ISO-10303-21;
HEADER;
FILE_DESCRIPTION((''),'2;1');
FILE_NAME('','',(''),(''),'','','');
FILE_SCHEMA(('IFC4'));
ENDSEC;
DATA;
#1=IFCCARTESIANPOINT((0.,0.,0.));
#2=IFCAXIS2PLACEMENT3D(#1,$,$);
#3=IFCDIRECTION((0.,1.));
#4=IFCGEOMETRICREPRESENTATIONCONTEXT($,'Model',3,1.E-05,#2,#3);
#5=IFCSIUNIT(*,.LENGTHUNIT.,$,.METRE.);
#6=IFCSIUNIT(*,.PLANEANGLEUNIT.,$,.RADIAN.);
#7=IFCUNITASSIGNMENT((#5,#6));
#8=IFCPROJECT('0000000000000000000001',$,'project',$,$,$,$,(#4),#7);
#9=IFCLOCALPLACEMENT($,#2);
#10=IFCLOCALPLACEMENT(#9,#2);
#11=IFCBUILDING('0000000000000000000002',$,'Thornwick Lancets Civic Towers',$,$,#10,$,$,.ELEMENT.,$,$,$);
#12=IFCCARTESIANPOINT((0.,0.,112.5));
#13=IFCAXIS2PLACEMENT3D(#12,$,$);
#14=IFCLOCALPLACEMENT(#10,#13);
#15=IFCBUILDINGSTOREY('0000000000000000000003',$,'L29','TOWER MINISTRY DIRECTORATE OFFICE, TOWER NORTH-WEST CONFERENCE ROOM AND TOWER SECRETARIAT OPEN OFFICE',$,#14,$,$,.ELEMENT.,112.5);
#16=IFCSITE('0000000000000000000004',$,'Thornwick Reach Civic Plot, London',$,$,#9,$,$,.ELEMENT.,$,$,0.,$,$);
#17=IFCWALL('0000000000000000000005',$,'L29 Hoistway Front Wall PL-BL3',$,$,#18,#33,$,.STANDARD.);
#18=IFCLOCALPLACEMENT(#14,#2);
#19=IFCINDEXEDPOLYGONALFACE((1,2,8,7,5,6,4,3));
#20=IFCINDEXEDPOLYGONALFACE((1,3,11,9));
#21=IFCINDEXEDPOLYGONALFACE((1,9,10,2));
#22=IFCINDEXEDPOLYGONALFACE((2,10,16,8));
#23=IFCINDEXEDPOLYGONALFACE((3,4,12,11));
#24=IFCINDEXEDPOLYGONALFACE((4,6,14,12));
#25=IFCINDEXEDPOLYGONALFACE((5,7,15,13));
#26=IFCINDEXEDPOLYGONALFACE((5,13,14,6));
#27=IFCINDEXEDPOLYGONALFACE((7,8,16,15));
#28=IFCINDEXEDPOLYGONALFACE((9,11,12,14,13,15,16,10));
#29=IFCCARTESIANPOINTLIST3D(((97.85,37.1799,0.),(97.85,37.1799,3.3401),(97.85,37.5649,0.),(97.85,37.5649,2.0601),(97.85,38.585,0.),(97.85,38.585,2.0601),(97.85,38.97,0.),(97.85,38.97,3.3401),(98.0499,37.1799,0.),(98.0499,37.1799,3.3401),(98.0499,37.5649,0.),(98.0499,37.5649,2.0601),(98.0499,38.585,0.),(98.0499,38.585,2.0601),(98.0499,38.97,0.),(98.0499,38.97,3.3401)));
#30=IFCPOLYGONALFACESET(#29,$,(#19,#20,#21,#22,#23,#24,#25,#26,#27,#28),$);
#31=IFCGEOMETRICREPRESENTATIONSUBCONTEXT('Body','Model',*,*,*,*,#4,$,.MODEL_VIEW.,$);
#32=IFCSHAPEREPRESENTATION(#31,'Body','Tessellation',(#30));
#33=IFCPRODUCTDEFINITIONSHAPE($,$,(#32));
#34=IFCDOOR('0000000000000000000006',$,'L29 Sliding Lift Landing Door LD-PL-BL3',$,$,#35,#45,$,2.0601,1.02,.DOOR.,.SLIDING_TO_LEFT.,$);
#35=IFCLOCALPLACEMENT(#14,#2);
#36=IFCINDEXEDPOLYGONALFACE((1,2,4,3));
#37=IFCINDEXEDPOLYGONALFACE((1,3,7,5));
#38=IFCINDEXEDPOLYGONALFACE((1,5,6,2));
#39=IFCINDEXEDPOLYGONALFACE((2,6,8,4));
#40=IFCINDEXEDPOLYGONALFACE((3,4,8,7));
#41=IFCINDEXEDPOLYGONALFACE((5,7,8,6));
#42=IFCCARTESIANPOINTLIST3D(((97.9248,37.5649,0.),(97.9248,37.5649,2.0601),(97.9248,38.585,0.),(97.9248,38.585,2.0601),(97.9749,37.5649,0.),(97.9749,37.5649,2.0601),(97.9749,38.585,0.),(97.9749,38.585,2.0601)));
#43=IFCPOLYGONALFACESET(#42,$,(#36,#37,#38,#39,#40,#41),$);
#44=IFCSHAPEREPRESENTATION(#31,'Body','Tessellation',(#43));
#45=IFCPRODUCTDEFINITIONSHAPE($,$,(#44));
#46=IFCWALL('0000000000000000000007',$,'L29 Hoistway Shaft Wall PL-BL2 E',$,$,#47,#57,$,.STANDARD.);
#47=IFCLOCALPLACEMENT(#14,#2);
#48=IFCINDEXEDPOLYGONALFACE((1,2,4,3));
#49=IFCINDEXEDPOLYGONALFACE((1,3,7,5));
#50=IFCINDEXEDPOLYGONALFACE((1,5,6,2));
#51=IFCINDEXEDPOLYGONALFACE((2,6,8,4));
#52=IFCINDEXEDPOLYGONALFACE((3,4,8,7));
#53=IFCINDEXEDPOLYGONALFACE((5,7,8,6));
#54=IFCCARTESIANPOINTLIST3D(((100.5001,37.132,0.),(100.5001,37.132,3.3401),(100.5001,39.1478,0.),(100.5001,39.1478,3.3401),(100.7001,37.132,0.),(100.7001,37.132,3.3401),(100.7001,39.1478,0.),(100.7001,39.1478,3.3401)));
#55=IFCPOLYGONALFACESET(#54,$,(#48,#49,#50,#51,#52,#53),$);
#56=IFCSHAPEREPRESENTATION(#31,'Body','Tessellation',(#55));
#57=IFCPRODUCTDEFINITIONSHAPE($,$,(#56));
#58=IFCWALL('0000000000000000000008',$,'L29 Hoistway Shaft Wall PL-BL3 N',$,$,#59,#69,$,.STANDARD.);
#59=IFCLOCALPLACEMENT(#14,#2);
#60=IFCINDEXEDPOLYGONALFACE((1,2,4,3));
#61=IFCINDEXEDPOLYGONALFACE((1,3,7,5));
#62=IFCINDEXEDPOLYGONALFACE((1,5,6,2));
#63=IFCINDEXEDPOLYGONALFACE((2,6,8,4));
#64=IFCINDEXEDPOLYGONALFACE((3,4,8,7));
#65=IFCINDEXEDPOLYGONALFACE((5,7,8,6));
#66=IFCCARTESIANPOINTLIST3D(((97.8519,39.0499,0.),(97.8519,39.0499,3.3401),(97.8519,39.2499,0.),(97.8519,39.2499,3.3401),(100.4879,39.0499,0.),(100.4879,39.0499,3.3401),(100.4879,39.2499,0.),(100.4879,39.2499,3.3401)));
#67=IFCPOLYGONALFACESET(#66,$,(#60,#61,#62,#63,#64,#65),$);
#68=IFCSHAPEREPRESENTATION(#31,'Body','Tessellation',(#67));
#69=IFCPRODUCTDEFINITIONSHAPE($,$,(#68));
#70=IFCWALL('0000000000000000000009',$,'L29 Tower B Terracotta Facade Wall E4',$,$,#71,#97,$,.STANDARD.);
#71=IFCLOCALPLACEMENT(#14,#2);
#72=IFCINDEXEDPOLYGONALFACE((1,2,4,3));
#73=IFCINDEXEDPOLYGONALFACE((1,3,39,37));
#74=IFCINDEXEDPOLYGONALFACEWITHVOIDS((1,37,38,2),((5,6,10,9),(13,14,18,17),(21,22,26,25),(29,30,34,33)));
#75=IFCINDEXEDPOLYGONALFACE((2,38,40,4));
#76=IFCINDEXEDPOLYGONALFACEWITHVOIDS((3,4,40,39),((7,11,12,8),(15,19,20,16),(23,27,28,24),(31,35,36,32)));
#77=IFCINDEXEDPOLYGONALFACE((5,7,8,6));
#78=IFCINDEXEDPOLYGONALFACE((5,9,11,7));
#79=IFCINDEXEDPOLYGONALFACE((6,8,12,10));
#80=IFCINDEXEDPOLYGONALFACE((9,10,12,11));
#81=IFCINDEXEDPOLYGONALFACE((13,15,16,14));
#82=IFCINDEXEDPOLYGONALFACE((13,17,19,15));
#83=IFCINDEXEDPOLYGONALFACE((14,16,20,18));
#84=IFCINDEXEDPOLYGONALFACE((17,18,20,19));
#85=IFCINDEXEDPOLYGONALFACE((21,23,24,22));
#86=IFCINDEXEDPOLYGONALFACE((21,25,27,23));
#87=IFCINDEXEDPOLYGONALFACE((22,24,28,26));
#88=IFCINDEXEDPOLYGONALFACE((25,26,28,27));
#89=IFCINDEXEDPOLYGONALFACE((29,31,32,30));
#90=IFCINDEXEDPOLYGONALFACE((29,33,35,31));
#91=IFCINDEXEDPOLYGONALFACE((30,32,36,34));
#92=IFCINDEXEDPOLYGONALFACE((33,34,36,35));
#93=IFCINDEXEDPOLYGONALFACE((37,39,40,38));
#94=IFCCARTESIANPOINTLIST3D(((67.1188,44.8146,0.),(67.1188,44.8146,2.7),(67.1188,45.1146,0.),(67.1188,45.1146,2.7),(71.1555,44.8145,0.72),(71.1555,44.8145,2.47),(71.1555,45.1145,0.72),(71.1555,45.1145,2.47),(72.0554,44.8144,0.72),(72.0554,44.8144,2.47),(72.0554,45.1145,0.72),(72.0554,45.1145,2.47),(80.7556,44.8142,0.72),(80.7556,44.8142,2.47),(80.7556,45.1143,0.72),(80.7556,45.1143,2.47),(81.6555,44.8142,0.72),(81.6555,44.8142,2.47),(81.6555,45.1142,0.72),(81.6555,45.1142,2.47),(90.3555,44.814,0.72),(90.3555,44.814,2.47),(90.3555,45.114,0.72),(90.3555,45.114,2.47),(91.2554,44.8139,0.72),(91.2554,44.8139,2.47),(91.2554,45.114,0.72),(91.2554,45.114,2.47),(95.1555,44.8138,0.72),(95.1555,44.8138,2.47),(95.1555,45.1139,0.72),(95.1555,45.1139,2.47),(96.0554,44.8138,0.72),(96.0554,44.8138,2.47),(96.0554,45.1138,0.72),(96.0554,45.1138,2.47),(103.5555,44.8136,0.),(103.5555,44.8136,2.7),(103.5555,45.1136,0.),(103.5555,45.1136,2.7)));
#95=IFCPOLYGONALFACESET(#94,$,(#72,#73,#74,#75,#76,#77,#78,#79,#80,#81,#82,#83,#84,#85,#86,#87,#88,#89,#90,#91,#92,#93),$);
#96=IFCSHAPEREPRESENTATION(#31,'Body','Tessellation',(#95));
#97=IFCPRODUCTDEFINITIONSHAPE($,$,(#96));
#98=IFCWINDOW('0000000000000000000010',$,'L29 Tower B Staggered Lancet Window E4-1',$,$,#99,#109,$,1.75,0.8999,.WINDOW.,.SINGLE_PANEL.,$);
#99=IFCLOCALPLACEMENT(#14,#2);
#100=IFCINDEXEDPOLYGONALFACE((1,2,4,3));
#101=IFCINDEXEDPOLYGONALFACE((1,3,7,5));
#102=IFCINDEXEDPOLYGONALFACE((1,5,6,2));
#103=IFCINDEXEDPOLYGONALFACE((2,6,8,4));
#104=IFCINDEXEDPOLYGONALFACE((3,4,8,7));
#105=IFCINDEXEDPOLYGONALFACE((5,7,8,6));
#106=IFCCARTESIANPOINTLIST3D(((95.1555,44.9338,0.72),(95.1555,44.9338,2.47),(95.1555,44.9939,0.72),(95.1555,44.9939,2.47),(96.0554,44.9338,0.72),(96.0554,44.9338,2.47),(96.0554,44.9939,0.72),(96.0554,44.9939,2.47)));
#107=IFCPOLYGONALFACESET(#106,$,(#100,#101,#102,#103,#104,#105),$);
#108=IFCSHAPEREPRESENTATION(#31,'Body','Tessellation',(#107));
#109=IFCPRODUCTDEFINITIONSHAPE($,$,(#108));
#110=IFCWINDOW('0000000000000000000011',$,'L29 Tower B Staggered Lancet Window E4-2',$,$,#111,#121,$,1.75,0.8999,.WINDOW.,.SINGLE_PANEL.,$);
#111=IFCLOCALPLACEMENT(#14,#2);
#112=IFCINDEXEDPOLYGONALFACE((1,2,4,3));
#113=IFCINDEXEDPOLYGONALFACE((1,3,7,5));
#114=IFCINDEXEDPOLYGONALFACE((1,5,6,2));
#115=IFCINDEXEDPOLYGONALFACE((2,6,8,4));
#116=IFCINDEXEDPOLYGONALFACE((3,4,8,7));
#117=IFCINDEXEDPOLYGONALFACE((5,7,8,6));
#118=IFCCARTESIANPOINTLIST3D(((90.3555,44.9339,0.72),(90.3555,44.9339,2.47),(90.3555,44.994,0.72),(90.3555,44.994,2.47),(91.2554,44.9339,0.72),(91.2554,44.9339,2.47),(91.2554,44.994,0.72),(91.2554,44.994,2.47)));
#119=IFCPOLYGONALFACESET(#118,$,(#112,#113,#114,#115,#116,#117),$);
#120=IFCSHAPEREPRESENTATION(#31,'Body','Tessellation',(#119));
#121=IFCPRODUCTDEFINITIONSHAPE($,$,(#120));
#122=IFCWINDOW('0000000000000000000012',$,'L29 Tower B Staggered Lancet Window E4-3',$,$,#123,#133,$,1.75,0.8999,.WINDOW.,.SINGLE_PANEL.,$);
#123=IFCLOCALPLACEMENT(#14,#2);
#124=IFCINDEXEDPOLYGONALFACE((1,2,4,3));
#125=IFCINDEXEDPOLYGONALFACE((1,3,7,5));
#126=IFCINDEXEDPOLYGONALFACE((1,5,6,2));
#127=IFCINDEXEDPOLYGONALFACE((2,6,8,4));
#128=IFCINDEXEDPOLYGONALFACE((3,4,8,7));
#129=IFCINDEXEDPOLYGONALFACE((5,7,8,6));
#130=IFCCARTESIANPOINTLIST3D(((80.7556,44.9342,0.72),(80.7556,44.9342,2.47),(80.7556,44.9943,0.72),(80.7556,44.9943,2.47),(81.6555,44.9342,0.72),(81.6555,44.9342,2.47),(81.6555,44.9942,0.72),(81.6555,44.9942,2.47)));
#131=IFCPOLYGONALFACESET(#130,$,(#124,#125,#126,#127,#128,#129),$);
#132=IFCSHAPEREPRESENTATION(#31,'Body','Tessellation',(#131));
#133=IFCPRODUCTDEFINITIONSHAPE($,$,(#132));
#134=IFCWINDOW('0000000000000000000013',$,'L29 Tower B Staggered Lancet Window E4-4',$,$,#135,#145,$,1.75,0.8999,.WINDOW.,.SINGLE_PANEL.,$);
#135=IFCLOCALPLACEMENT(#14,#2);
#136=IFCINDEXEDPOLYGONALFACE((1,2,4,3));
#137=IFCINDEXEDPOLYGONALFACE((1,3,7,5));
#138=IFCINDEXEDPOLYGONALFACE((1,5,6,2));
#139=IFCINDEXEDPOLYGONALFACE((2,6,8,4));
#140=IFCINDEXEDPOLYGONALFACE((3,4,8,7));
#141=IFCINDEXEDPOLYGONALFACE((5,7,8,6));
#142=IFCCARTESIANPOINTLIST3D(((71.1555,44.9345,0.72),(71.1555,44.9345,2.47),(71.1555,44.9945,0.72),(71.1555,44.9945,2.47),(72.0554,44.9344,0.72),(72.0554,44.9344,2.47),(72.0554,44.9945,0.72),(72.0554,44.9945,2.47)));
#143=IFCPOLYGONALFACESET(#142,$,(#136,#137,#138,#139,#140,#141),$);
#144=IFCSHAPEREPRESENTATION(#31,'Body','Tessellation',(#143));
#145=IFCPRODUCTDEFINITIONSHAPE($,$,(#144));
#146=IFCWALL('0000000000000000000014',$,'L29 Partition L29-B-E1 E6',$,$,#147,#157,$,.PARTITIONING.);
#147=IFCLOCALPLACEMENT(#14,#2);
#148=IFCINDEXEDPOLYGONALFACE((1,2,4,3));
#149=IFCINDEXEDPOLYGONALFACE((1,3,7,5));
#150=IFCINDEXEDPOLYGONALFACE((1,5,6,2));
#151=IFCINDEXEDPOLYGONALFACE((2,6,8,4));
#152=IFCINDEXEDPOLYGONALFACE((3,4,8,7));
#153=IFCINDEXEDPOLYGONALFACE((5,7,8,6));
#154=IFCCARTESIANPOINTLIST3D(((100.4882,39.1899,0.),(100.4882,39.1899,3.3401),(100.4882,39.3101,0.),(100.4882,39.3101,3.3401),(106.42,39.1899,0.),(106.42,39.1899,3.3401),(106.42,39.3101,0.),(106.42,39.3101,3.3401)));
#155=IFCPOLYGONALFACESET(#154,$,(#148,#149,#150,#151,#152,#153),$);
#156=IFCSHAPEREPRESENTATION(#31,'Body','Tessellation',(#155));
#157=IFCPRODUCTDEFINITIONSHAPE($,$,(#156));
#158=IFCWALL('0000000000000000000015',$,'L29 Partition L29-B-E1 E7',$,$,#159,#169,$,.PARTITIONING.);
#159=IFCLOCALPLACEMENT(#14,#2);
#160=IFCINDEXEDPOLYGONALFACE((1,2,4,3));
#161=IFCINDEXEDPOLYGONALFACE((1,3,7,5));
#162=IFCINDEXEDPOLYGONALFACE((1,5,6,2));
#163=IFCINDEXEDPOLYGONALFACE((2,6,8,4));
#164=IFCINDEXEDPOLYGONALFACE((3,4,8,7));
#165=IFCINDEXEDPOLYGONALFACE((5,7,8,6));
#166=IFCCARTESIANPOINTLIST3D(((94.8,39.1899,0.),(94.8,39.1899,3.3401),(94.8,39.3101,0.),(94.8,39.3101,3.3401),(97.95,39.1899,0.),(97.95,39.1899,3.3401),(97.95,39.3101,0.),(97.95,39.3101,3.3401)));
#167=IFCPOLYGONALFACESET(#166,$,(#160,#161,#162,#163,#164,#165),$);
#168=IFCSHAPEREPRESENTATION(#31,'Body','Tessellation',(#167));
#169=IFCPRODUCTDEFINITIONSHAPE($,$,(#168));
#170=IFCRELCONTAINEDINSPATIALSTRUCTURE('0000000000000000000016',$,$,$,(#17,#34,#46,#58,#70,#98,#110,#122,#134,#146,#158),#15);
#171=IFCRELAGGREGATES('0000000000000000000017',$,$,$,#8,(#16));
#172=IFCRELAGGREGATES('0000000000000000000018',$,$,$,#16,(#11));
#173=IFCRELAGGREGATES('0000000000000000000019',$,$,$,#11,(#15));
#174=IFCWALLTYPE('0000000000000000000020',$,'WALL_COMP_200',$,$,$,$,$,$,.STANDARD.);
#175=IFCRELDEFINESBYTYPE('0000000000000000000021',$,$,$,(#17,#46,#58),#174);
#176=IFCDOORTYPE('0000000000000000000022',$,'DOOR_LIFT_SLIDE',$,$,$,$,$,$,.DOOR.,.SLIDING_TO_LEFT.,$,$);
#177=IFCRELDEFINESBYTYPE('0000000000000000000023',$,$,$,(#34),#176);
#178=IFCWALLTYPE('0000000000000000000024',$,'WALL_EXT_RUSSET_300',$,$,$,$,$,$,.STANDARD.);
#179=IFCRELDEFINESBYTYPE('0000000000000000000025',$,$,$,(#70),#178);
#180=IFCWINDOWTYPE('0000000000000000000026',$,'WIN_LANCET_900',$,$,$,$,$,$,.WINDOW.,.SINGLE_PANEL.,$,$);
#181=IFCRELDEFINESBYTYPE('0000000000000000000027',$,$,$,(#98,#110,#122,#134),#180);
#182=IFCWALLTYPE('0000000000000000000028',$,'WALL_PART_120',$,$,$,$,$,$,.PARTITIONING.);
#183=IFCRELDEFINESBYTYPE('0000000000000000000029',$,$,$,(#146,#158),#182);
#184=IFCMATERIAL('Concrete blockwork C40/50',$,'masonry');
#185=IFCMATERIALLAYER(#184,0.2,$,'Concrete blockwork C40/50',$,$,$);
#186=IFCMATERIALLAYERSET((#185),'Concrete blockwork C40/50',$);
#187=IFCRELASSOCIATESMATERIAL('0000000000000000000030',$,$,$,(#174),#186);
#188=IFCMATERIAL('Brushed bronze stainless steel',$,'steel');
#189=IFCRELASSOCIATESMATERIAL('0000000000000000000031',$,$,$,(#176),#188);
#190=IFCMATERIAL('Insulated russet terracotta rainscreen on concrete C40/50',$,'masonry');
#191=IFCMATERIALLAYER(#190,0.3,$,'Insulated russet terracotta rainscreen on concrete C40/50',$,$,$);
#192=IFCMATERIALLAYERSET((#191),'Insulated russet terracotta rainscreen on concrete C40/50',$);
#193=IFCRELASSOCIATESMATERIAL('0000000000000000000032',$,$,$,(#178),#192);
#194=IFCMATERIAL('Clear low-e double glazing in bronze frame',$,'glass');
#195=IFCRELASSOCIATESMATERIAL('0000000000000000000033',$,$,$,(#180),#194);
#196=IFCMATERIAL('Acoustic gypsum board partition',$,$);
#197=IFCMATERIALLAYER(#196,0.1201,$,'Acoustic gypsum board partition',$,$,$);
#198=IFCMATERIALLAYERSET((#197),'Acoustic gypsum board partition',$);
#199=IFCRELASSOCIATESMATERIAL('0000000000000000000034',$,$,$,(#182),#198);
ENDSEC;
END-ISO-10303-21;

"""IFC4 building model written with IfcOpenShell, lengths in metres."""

from ifc_helpers import new_model, si_unit, direction, frame, frame_2d, origin, place, context, subcontext, project, spatial, rectangle, extrude, material, layer, layer_set, type_object, element, fill, save


model = new_model("IFC4")

# Units and contexts
model_context = context("Model", 3, precision=1e-05, world=origin(), true_north=direction((0.0, 1.0)))
body_context = subcontext(model_context, "Body", "Model", "MODEL_VIEW")
ifc_project = project(units=[si_unit("LENGTHUNIT", "METRE"), si_unit("PLANEANGLEUNIT", "RADIAN")], contexts=[model_context])

# Site, building, storey
site_placement = place(None, origin())
site = spatial("IfcSite", under=ifc_project, at=site_placement, Name="Thornwick Reach Civic Plot, London", CompositionType="ELEMENT", RefElevation=0.0)
building_placement = place(site_placement, origin())
building = spatial("IfcBuilding", under=site, at=building_placement, Name="Thornwick Lancets Civic Towers", CompositionType="ELEMENT")
storey_placement = place(building_placement, frame((0.0, 0.0, 112.5)))
storey = spatial("IfcBuildingStorey", under=building, at=storey_placement, Name="L29", Description="TOWER MINISTRY DIRECTORATE OFFICE, TOWER NORTH-WEST CONFERENCE ROOM AND TOWER SECRETARIAT OPEN OFFICE", CompositionType="ELEMENT", Elevation=112.5)

# Wall, opening, door
ifc_material_1 = material(Name="Concrete blockwork C40/50", Category="masonry")
ifc_layer_1 = layer(ifc_material_1, 0.2, Name="Concrete blockwork C40/50")
ifc_layer_set_1 = layer_set([ifc_layer_1], Name="Concrete blockwork C40/50")
wall_type_1 = type_object("IfcWallType", Name="WALL_COMP_200", PredefinedType="STANDARD", material=ifc_layer_set_1)
wall_1_placement = place(storey_placement, frame((97.95, 38.97, 0.0), z_axis=(0.0, 0.0, 1.0), x_axis=(0.0, -1.0, 0.0)))
wall_1 = element("IfcWall", 1, at=wall_1_placement, inside=storey, type_object=wall_type_1, Name="L29 Hoistway Front Wall PL-BL3", PredefinedType="STANDARD", context=body_context, shape_type="SweptSolid", body=[
    extrude(rectangle(XDim=1.79, YDim=0.2, at=frame_2d((0.895, 0.0))), origin(), (0.0, 0.0, 1.0), 3.3401),
])
opening_1_placement = place(wall_1_placement, frame((0.385, 0.0, 0.0)))
opening_1 = element("IfcOpeningElement", 2, at=opening_1_placement, cuts=wall_1, PredefinedType="OPENING", context=body_context, shape_type="SweptSolid", body=[
    extrude(rectangle(XDim=1.02, YDim=2.0601, at=frame_2d((0.51, 1.03))), frame((0.0, 0.1099, 0.0), z_axis=(0.0, -1.0, 0.0), x_axis=(1.0, 0.0, 0.0)), (0.0, 0.0, 1.0), 0.22),
])
ifc_material_2 = material(Name="Brushed bronze stainless steel", Category="steel")
door_type = type_object("IfcDoorType", Name="DOOR_LIFT_SLIDE", OperationType="SLIDING_TO_LEFT", PredefinedType="DOOR", material=ifc_material_2)
door_placement = place(opening_1_placement, origin())
door = element("IfcDoor", 3, at=door_placement, inside=storey, type_object=door_type, Name="L29 Sliding Lift Landing Door LD-PL-BL3", OperationType="SLIDING_TO_LEFT", OverallHeight=2.0601, OverallWidth=1.02, PredefinedType="DOOR", context=body_context, shape_type="SweptSolid", body=[
    extrude(rectangle(XDim=1.02, YDim=2.0601, at=frame_2d((0.51, 1.03))), frame((0.0, 0.0249, 0.0), z_axis=(0.0, -1.0, 0.0), x_axis=(1.0, 0.0, 0.0)), (0.0, 0.0, 1.0), 0.05),
])
fill(opening_1, door)

# Walls
wall_2_placement = place(storey_placement, frame((100.6001, 37.1321, 0.0), z_axis=(0.0, 0.0, 1.0), x_axis=(0.0, 1.0, 0.0)))
element("IfcWall", 4, at=wall_2_placement, inside=storey, type_object=wall_type_1, Name="L29 Hoistway Shaft Wall PL-BL2 E", PredefinedType="STANDARD", context=body_context, shape_type="SweptSolid", body=[
    extrude(rectangle(XDim=2.0159, YDim=0.2, at=frame_2d((1.0078, 0.0))), origin(), (0.0, 0.0, 1.0), 3.3401),
])
wall_3_placement = place(storey_placement, frame((97.8521, 39.1499, 0.0), z_axis=(0.0, 0.0, 1.0), x_axis=(1.0, 0.0, 0.0)))
element("IfcWall", 5, at=wall_3_placement, inside=storey, type_object=wall_type_1, Name="L29 Hoistway Shaft Wall PL-BL3 N", PredefinedType="STANDARD", context=body_context, shape_type="SweptSolid", body=[
    extrude(rectangle(XDim=2.636, YDim=0.2, at=frame_2d((1.3179, 0.0))), origin(), (0.0, 0.0, 1.0), 3.3401),
])

# Wall, openings, windows
ifc_material_3 = material(Name="Insulated russet terracotta rainscreen on concrete C40/50", Category="masonry")
ifc_layer_2 = layer(ifc_material_3, 0.3, Name="Insulated russet terracotta rainscreen on concrete C40/50")
ifc_layer_set_2 = layer_set([ifc_layer_2], Name="Insulated russet terracotta rainscreen on concrete C40/50")
wall_type_2 = type_object("IfcWallType", Name="WALL_EXT_RUSSET_300", PredefinedType="STANDARD", material=ifc_layer_set_2)
wall_4_placement = place(storey_placement, frame((103.5554, 44.9636, 0.0), z_axis=(0.0, 0.0, 1.0), x_axis=(-1.0, 0.000027, 0.0)))
wall_4 = element("IfcWall", 6, at=wall_4_placement, inside=storey, type_object=wall_type_2, Name="L29 Tower B Terracotta Facade Wall E4", PredefinedType="STANDARD", context=body_context, shape_type="SweptSolid", body=[
    extrude(rectangle(XDim=36.4368, YDim=0.3, at=frame_2d((18.2183, 0.0))), origin(), (0.0, 0.0, 1.0), 2.7),
])
opening_2_placement = place(wall_4_placement, frame((7.5, 0.0, 0.72)))
opening_2 = element("IfcOpeningElement", 7, at=opening_2_placement, cuts=wall_4, PredefinedType="OPENING", context=body_context, shape_type="SweptSolid", body=[
    extrude(rectangle(XDim=0.8999, YDim=1.75, at=frame_2d((0.45, 0.875))), frame((0.0, 0.1602, 0.0), z_axis=(0.0, -1.0, 0.0), x_axis=(1.0, 0.0, 0.0)), (0.0, 0.0, 1.0), 0.3201),
])
opening_3_placement = place(wall_4_placement, frame((12.3, 0.0, 0.72)))
opening_3 = element("IfcOpeningElement", 8, at=opening_3_placement, cuts=wall_4, PredefinedType="OPENING", context=body_context, shape_type="SweptSolid", body=[
    extrude(rectangle(XDim=0.8999, YDim=1.75, at=frame_2d((0.45, 0.875))), frame((0.0, 0.1602, 0.0), z_axis=(0.0, -1.0, 0.0), x_axis=(1.0, 0.0, 0.0)), (0.0, 0.0, 1.0), 0.3201),
])
opening_4_placement = place(wall_4_placement, frame((21.8999, 0.0, 0.72)))
opening_4 = element("IfcOpeningElement", 9, at=opening_4_placement, cuts=wall_4, PredefinedType="OPENING", context=body_context, shape_type="SweptSolid", body=[
    extrude(rectangle(XDim=0.8999, YDim=1.75, at=frame_2d((0.45, 0.875))), frame((0.0, 0.1602, 0.0), z_axis=(0.0, -1.0, 0.0), x_axis=(1.0, 0.0, 0.0)), (0.0, 0.0, 1.0), 0.3201),
])
opening_5_placement = place(wall_4_placement, frame((31.5, 0.0, 0.72)))
opening_5 = element("IfcOpeningElement", 10, at=opening_5_placement, cuts=wall_4, PredefinedType="OPENING", context=body_context, shape_type="SweptSolid", body=[
    extrude(rectangle(XDim=0.8999, YDim=1.75, at=frame_2d((0.45, 0.875))), frame((0.0, 0.1602, 0.0), z_axis=(0.0, -1.0, 0.0), x_axis=(1.0, 0.0, 0.0)), (0.0, 0.0, 1.0), 0.3201),
])
ifc_material_4 = material(Name="Clear low-e double glazing in bronze frame", Category="glass")
window_type = type_object("IfcWindowType", Name="WIN_LANCET_900", PartitioningType="SINGLE_PANEL", PredefinedType="WINDOW", material=ifc_material_4)
window_1_placement = place(opening_2_placement, origin())
window_1 = element("IfcWindow", 11, at=window_1_placement, inside=storey, type_object=window_type, Name="L29 Tower B Staggered Lancet Window E4-1", OverallHeight=1.75, OverallWidth=0.8999, PartitioningType="SINGLE_PANEL", PredefinedType="WINDOW", context=body_context, shape_type="SweptSolid", body=[
    extrude(rectangle(XDim=0.8999, YDim=1.75, at=frame_2d((0.45, 0.875))), frame((0.0, 0.03, 0.0), z_axis=(0.0, -1.0, 0.0), x_axis=(1.0, 0.0, 0.0)), (0.0, 0.0, 1.0), 0.0601),
])
fill(opening_2, window_1)
window_2_placement = place(opening_3_placement, origin())
window_2 = element("IfcWindow", 12, at=window_2_placement, inside=storey, type_object=window_type, Name="L29 Tower B Staggered Lancet Window E4-2", OverallHeight=1.75, OverallWidth=0.8999, PartitioningType="SINGLE_PANEL", PredefinedType="WINDOW", context=body_context, shape_type="SweptSolid", body=[
    extrude(rectangle(XDim=0.8999, YDim=1.75, at=frame_2d((0.45, 0.875))), frame((0.0, 0.03, 0.0), z_axis=(0.0, -1.0, 0.0), x_axis=(1.0, 0.0, 0.0)), (0.0, 0.0, 1.0), 0.0601),
])
fill(opening_3, window_2)
window_3_placement = place(opening_4_placement, origin())
window_3 = element("IfcWindow", 13, at=window_3_placement, inside=storey, type_object=window_type, Name="L29 Tower B Staggered Lancet Window E4-3", OverallHeight=1.75, OverallWidth=0.8999, PartitioningType="SINGLE_PANEL", PredefinedType="WINDOW", context=body_context, shape_type="SweptSolid", body=[
    extrude(rectangle(XDim=0.8999, YDim=1.75, at=frame_2d((0.45, 0.875))), frame((0.0, 0.03, 0.0), z_axis=(0.0, -1.0, 0.0), x_axis=(1.0, 0.0, 0.0)), (0.0, 0.0, 1.0), 0.0601),
])
fill(opening_4, window_3)
window_4_placement = place(opening_5_placement, origin())
window_4 = element("IfcWindow", 14, at=window_4_placement, inside=storey, type_object=window_type, Name="L29 Tower B Staggered Lancet Window E4-4", OverallHeight=1.75, OverallWidth=0.8999, PartitioningType="SINGLE_PANEL", PredefinedType="WINDOW", context=body_context, shape_type="SweptSolid", body=[
    extrude(rectangle(XDim=0.8999, YDim=1.75, at=frame_2d((0.45, 0.875))), frame((0.0, 0.03, 0.0), z_axis=(0.0, -1.0, 0.0), x_axis=(1.0, 0.0, 0.0)), (0.0, 0.0, 1.0), 0.0601),
])
fill(opening_5, window_4)

# Walls
ifc_material_5 = material(Name="Acoustic gypsum board partition")
ifc_layer_3 = layer(ifc_material_5, 0.1201, Name="Acoustic gypsum board partition")
ifc_layer_set_3 = layer_set([ifc_layer_3], Name="Acoustic gypsum board partition")
wall_type_3 = type_object("IfcWallType", Name="WALL_PART_120", PredefinedType="PARTITIONING", material=ifc_layer_set_3)
wall_5_placement = place(storey_placement, frame((106.4199, 39.25, 0.0), z_axis=(0.0, 0.0, 1.0), x_axis=(-1.0, 0.0, 0.0)))
element("IfcWall", 15, at=wall_5_placement, inside=storey, type_object=wall_type_3, Name="L29 Partition L29-B-E1 E6", PredefinedType="PARTITIONING", context=body_context, shape_type="SweptSolid", body=[
    extrude(rectangle(XDim=5.9319, YDim=0.1201, at=frame_2d((2.9658, 0.0))), origin(), (0.0, 0.0, 1.0), 3.3401),
])
wall_6_placement = place(storey_placement, frame((97.95, 39.25, 0.0), z_axis=(0.0, 0.0, 1.0), x_axis=(-1.0, 0.0, 0.0)))
element("IfcWall", 16, at=wall_6_placement, inside=storey, type_object=wall_type_3, Name="L29 Partition L29-B-E1 E7", PredefinedType="PARTITIONING", context=body_context, shape_type="SweptSolid", body=[
    extrude(rectangle(XDim=3.1499, YDim=0.1201, at=frame_2d((1.575, 0.0))), origin(), (0.0, 0.0, 1.0), 3.3401),
])

save(model, "model.ifc")
